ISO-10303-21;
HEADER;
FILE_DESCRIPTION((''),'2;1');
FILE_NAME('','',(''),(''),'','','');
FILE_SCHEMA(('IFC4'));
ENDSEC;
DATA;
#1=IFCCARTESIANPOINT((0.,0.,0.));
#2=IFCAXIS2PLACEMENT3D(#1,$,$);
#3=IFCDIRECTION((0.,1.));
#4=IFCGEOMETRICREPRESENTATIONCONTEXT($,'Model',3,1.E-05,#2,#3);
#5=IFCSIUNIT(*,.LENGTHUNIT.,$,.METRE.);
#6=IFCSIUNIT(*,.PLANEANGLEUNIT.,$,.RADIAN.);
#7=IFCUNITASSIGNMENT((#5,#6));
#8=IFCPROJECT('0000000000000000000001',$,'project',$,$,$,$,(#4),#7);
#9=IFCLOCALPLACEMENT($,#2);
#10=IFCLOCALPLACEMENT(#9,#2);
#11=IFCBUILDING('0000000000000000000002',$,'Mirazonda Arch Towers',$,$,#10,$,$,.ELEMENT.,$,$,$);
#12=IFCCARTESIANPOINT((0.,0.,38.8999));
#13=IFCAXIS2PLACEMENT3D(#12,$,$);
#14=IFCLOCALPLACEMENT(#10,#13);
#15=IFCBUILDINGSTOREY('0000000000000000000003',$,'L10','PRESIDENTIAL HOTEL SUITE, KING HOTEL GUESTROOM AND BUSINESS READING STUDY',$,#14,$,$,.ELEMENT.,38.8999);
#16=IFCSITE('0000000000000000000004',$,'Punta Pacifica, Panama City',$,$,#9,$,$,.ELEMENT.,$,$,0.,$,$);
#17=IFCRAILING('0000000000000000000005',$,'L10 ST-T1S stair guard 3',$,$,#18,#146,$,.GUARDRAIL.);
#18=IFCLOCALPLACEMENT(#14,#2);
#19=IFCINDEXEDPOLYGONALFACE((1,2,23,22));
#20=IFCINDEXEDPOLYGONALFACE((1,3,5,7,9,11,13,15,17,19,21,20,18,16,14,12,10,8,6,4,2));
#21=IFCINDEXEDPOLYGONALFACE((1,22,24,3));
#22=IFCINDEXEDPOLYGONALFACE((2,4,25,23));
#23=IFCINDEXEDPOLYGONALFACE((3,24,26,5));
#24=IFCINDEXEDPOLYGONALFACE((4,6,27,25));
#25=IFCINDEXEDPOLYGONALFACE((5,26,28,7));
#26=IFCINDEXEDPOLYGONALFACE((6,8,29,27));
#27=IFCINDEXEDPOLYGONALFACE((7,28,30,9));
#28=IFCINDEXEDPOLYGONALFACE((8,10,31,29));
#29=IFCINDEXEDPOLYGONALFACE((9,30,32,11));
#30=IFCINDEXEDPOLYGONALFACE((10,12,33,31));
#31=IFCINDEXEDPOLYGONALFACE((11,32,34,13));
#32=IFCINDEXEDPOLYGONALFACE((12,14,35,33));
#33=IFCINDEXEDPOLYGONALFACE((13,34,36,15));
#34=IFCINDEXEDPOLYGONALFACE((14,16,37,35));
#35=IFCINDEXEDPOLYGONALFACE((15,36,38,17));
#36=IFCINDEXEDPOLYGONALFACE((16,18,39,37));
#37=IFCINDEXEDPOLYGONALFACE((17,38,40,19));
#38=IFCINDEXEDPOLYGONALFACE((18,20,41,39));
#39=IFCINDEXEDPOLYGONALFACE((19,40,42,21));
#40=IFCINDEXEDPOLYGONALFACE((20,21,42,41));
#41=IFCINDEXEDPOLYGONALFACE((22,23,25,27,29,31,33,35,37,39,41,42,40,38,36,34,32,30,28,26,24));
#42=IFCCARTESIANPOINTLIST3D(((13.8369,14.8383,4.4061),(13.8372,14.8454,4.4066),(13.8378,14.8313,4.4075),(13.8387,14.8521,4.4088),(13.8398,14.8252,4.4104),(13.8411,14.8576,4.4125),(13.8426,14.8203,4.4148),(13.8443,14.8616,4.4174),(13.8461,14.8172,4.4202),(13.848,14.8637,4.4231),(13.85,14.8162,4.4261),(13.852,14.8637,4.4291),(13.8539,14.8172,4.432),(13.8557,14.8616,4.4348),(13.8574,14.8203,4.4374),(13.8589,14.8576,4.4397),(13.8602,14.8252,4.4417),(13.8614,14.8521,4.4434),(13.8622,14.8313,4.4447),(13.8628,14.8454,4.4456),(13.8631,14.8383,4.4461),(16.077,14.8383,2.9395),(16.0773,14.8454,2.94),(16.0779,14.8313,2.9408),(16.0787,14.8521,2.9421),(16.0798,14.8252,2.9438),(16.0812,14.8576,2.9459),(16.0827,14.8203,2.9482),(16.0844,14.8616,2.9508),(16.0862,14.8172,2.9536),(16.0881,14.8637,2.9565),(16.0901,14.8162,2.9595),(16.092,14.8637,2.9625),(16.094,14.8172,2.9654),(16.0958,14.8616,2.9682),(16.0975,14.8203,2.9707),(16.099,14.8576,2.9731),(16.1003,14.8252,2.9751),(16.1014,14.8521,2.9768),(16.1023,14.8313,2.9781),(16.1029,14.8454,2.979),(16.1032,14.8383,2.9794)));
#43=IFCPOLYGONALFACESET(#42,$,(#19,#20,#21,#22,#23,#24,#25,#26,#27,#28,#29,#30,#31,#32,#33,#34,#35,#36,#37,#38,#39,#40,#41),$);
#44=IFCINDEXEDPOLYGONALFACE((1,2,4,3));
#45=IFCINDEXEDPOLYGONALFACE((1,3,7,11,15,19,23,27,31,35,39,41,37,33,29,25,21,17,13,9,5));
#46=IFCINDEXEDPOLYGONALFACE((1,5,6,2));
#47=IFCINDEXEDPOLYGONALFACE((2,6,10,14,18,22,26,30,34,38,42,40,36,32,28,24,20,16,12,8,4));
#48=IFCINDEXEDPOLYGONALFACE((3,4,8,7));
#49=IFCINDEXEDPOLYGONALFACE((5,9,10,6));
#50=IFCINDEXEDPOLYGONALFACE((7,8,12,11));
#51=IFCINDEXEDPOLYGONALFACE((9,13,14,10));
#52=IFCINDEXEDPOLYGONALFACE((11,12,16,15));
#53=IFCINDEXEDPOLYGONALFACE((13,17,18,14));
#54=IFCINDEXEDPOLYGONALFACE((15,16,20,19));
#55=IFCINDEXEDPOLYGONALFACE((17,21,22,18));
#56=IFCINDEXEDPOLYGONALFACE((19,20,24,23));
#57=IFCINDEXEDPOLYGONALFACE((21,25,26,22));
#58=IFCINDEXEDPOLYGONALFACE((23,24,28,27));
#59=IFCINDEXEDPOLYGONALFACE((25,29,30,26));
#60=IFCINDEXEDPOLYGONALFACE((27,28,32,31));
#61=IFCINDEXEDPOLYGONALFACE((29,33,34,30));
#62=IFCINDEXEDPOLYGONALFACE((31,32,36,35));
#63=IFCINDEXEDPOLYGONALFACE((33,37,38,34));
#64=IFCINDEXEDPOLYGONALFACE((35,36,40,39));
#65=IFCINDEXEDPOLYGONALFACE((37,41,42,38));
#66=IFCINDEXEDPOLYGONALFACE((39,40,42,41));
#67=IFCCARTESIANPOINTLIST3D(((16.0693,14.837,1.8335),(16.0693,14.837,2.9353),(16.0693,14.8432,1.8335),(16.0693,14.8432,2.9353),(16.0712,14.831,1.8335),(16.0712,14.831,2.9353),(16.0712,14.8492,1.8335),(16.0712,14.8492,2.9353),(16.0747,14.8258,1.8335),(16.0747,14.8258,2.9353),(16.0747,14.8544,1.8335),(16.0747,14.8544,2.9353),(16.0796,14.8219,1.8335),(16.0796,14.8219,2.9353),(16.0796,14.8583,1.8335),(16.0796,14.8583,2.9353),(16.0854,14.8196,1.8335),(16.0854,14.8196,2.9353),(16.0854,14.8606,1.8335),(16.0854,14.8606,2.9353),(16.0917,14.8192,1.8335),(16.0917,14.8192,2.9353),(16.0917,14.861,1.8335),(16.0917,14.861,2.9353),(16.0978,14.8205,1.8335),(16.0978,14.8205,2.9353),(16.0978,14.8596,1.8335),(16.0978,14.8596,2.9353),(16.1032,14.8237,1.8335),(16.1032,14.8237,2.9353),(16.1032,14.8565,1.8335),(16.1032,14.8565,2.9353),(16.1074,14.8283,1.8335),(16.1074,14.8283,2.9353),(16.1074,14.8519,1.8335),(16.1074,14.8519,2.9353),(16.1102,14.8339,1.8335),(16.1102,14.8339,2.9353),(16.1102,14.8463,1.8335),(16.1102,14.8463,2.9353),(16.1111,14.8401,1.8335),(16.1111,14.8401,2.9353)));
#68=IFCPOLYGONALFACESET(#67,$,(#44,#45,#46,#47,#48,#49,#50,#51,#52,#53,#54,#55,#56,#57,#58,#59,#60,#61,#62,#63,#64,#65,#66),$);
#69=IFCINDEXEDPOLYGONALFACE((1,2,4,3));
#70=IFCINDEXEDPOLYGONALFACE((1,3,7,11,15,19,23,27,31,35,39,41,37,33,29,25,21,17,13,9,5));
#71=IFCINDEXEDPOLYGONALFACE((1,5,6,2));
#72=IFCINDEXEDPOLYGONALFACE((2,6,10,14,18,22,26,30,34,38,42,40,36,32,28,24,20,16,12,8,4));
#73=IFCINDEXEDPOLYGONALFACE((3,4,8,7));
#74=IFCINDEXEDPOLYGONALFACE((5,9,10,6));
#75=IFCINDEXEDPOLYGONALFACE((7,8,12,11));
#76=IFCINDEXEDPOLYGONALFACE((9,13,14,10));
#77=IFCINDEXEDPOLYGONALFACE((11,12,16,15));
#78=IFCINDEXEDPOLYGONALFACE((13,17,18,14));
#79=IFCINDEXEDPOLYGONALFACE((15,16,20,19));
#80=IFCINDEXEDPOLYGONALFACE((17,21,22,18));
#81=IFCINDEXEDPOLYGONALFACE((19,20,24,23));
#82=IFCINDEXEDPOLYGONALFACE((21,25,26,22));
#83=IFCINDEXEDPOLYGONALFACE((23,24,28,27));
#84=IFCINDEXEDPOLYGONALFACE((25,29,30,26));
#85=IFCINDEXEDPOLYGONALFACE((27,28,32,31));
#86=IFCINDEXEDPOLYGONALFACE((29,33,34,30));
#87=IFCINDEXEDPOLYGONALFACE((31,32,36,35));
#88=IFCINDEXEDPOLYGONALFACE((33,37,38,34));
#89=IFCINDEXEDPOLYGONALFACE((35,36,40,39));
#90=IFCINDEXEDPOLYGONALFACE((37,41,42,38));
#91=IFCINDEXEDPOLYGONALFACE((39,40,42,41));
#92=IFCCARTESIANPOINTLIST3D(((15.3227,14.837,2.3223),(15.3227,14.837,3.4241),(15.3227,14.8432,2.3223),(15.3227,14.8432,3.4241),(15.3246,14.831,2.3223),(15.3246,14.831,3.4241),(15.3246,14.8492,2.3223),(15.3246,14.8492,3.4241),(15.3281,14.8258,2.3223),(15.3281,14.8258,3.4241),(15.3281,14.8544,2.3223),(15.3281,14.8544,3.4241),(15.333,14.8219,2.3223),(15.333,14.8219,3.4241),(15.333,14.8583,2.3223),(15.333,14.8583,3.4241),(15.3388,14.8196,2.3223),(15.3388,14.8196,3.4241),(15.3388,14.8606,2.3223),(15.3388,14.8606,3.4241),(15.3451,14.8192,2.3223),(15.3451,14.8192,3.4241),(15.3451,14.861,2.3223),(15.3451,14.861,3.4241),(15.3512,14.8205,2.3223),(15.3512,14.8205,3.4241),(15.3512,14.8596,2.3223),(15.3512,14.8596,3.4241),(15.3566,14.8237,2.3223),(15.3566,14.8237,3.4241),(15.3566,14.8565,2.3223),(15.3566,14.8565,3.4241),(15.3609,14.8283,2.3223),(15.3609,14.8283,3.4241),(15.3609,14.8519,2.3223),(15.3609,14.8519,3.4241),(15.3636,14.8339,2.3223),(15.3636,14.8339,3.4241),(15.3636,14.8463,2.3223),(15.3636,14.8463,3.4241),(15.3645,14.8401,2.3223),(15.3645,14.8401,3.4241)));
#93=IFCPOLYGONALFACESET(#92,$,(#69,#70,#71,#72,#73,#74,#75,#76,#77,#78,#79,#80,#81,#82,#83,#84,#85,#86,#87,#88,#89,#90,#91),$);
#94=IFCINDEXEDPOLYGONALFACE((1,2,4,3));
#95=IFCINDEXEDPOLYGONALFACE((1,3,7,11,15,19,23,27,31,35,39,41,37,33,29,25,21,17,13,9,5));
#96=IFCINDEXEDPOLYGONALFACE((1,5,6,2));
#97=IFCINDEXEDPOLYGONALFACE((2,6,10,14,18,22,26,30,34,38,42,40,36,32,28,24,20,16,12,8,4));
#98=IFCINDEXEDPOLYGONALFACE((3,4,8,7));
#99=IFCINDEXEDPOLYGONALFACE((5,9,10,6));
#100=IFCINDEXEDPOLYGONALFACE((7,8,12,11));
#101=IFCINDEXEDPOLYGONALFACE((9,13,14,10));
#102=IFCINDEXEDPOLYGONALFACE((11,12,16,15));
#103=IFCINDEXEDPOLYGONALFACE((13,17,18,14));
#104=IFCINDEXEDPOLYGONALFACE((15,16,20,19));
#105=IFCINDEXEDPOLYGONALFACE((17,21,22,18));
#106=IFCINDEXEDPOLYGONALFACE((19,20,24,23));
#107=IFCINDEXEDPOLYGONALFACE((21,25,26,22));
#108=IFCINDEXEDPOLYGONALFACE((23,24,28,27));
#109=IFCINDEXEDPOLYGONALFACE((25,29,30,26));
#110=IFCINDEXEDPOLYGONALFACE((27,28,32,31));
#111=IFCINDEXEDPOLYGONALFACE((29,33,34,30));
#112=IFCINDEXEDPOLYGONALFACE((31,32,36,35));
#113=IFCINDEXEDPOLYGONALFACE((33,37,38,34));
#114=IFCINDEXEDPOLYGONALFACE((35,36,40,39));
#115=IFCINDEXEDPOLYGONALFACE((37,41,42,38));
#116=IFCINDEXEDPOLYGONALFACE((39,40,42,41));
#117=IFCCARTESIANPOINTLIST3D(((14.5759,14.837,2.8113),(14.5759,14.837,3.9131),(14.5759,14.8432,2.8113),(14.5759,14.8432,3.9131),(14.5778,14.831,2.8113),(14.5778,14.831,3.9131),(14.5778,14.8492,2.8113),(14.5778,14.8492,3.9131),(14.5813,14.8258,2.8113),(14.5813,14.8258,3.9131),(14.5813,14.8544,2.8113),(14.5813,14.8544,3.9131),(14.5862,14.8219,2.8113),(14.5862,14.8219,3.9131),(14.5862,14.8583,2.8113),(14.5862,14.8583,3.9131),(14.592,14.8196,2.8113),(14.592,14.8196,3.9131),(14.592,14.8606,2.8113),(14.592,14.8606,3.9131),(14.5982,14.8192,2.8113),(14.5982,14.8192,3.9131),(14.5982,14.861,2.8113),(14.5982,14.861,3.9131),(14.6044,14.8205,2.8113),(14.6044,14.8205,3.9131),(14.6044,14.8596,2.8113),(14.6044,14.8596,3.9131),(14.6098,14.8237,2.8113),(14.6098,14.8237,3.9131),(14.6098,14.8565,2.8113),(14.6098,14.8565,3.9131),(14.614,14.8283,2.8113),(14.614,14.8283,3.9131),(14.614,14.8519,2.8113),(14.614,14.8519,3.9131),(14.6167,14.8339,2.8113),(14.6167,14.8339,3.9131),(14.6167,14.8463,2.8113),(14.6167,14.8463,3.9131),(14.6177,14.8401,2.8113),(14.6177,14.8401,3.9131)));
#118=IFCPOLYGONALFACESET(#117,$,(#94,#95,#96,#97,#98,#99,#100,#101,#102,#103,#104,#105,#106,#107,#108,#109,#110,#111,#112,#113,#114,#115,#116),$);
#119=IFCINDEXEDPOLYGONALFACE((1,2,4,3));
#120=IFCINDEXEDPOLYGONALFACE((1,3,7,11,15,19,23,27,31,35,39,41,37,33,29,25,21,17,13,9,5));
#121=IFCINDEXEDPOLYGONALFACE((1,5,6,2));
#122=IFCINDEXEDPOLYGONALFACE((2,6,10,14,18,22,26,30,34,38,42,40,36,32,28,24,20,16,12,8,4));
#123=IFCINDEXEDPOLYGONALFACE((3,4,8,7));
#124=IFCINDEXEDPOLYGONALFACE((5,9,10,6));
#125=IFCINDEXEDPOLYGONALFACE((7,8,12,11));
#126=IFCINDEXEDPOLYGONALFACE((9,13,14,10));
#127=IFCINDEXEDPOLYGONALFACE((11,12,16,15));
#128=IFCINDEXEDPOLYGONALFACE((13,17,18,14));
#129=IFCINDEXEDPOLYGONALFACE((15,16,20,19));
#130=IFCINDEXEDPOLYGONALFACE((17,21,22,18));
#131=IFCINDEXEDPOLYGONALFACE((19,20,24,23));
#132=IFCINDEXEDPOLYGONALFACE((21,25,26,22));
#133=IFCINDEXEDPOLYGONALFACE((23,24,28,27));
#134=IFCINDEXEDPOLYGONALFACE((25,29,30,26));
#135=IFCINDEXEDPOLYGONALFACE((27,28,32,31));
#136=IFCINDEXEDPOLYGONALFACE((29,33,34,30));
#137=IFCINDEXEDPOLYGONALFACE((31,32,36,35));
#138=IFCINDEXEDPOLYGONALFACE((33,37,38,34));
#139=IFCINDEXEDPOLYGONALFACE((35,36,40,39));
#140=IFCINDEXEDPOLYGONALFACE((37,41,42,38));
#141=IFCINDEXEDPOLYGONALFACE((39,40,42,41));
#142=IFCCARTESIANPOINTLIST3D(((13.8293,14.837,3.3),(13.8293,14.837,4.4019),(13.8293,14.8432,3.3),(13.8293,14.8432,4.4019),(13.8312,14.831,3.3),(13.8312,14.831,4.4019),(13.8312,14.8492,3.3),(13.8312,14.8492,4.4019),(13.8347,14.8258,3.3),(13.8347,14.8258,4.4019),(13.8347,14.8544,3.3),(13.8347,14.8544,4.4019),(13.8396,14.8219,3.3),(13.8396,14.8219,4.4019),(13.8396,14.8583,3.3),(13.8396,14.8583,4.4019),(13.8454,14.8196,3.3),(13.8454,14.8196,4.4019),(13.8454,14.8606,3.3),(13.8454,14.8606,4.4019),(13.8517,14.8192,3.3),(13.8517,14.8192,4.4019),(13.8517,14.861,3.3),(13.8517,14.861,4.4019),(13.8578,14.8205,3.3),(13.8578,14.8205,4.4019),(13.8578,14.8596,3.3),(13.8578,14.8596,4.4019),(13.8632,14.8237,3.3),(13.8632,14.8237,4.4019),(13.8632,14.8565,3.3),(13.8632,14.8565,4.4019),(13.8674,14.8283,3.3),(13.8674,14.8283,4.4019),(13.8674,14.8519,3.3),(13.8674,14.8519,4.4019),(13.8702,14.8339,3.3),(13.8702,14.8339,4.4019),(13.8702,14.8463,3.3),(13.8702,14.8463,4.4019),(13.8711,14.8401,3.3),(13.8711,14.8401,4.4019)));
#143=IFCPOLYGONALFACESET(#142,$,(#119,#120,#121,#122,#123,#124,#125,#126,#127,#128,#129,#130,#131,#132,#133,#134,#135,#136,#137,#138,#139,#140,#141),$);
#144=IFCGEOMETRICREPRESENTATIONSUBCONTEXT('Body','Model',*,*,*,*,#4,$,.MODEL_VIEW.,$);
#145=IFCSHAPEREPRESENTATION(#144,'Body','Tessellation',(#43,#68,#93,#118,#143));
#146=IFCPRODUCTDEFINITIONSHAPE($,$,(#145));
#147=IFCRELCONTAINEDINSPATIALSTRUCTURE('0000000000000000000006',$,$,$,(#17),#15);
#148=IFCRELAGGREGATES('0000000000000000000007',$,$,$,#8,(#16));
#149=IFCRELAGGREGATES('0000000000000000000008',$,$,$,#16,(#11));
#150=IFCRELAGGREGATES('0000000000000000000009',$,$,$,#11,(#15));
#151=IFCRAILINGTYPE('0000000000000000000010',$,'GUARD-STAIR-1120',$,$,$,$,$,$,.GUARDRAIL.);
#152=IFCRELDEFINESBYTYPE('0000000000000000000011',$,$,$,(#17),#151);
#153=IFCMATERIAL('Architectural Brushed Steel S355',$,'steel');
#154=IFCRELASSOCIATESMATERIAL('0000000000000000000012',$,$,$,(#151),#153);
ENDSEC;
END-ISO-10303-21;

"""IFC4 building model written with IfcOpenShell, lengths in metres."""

from ifc_helpers import new_model, si_unit, direction, frame, origin, origin_2d, place, context, subcontext, project, spatial, circle, extrude, material, type_object, element, save


model = new_model("IFC4")

# Units and contexts
model_context = context("Model", 3, precision=1e-05, world=origin(), true_north=direction((0.0, 1.0)))
body_context = subcontext(model_context, "Body", "Model", "MODEL_VIEW")
ifc_project = project(units=[si_unit("LENGTHUNIT", "METRE"), si_unit("PLANEANGLEUNIT", "RADIAN")], contexts=[model_context])

# Site, building, storey
site_placement = place(None, origin())
site = spatial("IfcSite", under=ifc_project, at=site_placement, Name="Punta Pacifica, Panama City", CompositionType="ELEMENT", RefElevation=0.0)
building_placement = place(site_placement, origin())
building = spatial("IfcBuilding", under=site, at=building_placement, Name="Mirazonda Arch Towers", CompositionType="ELEMENT")
storey_placement = place(building_placement, frame((0.0, 0.0, 38.8999)))
storey = spatial("IfcBuildingStorey", under=building, at=storey_placement, Name="L10", Description="PRESIDENTIAL HOTEL SUITE, KING HOTEL GUESTROOM AND BUSINESS READING STUDY", CompositionType="ELEMENT", Elevation=38.8999)

# Railing
ifc_material_1 = material(Name="Architectural Brushed Steel S355", Category="steel")
railing_type_1 = type_object("IfcRailingType", Name="GUARD-STAIR-1120", PredefinedType="GUARDRAIL", material=ifc_material_1)
railing_1_placement = place(storey_placement, frame((16.0901, 14.8401, 1.8335)))
element("IfcRailing", 1, at=railing_1_placement, inside=storey, type_object=railing_type_1, Name="L10 ST-T1S stair guard 3", PredefinedType="GUARDRAIL", context=body_context, shape_type="SweptSolid", body=[
    extrude(circle(Radius=0.0239, at=origin_2d()), frame((0.0, 0.0, 1.126), z_axis=(-0.836637, 0.0, 0.547758), x_axis=(0.0, -1.0, 0.0)), (0.0, 0.0, 1.0), 2.6775),
    extrude(circle(Radius=0.021, at=origin_2d()), origin(), (0.0, 0.0, 1.0), 1.1018),
    extrude(circle(Radius=0.021, at=origin_2d()), frame((-0.7466, 0.0, 0.4888)), (0.0, 0.0, 1.0), 1.1018),
    extrude(circle(Radius=0.021, at=origin_2d()), frame((-1.4934, 0.0, 0.9778)), (0.0, 0.0, 1.0), 1.1018),
    extrude(circle(Radius=0.021, at=origin_2d()), frame((-2.24, 0.0, 1.4666)), (0.0, 0.0, 1.0), 1.1018),
])

save(model, "model.ifc")
